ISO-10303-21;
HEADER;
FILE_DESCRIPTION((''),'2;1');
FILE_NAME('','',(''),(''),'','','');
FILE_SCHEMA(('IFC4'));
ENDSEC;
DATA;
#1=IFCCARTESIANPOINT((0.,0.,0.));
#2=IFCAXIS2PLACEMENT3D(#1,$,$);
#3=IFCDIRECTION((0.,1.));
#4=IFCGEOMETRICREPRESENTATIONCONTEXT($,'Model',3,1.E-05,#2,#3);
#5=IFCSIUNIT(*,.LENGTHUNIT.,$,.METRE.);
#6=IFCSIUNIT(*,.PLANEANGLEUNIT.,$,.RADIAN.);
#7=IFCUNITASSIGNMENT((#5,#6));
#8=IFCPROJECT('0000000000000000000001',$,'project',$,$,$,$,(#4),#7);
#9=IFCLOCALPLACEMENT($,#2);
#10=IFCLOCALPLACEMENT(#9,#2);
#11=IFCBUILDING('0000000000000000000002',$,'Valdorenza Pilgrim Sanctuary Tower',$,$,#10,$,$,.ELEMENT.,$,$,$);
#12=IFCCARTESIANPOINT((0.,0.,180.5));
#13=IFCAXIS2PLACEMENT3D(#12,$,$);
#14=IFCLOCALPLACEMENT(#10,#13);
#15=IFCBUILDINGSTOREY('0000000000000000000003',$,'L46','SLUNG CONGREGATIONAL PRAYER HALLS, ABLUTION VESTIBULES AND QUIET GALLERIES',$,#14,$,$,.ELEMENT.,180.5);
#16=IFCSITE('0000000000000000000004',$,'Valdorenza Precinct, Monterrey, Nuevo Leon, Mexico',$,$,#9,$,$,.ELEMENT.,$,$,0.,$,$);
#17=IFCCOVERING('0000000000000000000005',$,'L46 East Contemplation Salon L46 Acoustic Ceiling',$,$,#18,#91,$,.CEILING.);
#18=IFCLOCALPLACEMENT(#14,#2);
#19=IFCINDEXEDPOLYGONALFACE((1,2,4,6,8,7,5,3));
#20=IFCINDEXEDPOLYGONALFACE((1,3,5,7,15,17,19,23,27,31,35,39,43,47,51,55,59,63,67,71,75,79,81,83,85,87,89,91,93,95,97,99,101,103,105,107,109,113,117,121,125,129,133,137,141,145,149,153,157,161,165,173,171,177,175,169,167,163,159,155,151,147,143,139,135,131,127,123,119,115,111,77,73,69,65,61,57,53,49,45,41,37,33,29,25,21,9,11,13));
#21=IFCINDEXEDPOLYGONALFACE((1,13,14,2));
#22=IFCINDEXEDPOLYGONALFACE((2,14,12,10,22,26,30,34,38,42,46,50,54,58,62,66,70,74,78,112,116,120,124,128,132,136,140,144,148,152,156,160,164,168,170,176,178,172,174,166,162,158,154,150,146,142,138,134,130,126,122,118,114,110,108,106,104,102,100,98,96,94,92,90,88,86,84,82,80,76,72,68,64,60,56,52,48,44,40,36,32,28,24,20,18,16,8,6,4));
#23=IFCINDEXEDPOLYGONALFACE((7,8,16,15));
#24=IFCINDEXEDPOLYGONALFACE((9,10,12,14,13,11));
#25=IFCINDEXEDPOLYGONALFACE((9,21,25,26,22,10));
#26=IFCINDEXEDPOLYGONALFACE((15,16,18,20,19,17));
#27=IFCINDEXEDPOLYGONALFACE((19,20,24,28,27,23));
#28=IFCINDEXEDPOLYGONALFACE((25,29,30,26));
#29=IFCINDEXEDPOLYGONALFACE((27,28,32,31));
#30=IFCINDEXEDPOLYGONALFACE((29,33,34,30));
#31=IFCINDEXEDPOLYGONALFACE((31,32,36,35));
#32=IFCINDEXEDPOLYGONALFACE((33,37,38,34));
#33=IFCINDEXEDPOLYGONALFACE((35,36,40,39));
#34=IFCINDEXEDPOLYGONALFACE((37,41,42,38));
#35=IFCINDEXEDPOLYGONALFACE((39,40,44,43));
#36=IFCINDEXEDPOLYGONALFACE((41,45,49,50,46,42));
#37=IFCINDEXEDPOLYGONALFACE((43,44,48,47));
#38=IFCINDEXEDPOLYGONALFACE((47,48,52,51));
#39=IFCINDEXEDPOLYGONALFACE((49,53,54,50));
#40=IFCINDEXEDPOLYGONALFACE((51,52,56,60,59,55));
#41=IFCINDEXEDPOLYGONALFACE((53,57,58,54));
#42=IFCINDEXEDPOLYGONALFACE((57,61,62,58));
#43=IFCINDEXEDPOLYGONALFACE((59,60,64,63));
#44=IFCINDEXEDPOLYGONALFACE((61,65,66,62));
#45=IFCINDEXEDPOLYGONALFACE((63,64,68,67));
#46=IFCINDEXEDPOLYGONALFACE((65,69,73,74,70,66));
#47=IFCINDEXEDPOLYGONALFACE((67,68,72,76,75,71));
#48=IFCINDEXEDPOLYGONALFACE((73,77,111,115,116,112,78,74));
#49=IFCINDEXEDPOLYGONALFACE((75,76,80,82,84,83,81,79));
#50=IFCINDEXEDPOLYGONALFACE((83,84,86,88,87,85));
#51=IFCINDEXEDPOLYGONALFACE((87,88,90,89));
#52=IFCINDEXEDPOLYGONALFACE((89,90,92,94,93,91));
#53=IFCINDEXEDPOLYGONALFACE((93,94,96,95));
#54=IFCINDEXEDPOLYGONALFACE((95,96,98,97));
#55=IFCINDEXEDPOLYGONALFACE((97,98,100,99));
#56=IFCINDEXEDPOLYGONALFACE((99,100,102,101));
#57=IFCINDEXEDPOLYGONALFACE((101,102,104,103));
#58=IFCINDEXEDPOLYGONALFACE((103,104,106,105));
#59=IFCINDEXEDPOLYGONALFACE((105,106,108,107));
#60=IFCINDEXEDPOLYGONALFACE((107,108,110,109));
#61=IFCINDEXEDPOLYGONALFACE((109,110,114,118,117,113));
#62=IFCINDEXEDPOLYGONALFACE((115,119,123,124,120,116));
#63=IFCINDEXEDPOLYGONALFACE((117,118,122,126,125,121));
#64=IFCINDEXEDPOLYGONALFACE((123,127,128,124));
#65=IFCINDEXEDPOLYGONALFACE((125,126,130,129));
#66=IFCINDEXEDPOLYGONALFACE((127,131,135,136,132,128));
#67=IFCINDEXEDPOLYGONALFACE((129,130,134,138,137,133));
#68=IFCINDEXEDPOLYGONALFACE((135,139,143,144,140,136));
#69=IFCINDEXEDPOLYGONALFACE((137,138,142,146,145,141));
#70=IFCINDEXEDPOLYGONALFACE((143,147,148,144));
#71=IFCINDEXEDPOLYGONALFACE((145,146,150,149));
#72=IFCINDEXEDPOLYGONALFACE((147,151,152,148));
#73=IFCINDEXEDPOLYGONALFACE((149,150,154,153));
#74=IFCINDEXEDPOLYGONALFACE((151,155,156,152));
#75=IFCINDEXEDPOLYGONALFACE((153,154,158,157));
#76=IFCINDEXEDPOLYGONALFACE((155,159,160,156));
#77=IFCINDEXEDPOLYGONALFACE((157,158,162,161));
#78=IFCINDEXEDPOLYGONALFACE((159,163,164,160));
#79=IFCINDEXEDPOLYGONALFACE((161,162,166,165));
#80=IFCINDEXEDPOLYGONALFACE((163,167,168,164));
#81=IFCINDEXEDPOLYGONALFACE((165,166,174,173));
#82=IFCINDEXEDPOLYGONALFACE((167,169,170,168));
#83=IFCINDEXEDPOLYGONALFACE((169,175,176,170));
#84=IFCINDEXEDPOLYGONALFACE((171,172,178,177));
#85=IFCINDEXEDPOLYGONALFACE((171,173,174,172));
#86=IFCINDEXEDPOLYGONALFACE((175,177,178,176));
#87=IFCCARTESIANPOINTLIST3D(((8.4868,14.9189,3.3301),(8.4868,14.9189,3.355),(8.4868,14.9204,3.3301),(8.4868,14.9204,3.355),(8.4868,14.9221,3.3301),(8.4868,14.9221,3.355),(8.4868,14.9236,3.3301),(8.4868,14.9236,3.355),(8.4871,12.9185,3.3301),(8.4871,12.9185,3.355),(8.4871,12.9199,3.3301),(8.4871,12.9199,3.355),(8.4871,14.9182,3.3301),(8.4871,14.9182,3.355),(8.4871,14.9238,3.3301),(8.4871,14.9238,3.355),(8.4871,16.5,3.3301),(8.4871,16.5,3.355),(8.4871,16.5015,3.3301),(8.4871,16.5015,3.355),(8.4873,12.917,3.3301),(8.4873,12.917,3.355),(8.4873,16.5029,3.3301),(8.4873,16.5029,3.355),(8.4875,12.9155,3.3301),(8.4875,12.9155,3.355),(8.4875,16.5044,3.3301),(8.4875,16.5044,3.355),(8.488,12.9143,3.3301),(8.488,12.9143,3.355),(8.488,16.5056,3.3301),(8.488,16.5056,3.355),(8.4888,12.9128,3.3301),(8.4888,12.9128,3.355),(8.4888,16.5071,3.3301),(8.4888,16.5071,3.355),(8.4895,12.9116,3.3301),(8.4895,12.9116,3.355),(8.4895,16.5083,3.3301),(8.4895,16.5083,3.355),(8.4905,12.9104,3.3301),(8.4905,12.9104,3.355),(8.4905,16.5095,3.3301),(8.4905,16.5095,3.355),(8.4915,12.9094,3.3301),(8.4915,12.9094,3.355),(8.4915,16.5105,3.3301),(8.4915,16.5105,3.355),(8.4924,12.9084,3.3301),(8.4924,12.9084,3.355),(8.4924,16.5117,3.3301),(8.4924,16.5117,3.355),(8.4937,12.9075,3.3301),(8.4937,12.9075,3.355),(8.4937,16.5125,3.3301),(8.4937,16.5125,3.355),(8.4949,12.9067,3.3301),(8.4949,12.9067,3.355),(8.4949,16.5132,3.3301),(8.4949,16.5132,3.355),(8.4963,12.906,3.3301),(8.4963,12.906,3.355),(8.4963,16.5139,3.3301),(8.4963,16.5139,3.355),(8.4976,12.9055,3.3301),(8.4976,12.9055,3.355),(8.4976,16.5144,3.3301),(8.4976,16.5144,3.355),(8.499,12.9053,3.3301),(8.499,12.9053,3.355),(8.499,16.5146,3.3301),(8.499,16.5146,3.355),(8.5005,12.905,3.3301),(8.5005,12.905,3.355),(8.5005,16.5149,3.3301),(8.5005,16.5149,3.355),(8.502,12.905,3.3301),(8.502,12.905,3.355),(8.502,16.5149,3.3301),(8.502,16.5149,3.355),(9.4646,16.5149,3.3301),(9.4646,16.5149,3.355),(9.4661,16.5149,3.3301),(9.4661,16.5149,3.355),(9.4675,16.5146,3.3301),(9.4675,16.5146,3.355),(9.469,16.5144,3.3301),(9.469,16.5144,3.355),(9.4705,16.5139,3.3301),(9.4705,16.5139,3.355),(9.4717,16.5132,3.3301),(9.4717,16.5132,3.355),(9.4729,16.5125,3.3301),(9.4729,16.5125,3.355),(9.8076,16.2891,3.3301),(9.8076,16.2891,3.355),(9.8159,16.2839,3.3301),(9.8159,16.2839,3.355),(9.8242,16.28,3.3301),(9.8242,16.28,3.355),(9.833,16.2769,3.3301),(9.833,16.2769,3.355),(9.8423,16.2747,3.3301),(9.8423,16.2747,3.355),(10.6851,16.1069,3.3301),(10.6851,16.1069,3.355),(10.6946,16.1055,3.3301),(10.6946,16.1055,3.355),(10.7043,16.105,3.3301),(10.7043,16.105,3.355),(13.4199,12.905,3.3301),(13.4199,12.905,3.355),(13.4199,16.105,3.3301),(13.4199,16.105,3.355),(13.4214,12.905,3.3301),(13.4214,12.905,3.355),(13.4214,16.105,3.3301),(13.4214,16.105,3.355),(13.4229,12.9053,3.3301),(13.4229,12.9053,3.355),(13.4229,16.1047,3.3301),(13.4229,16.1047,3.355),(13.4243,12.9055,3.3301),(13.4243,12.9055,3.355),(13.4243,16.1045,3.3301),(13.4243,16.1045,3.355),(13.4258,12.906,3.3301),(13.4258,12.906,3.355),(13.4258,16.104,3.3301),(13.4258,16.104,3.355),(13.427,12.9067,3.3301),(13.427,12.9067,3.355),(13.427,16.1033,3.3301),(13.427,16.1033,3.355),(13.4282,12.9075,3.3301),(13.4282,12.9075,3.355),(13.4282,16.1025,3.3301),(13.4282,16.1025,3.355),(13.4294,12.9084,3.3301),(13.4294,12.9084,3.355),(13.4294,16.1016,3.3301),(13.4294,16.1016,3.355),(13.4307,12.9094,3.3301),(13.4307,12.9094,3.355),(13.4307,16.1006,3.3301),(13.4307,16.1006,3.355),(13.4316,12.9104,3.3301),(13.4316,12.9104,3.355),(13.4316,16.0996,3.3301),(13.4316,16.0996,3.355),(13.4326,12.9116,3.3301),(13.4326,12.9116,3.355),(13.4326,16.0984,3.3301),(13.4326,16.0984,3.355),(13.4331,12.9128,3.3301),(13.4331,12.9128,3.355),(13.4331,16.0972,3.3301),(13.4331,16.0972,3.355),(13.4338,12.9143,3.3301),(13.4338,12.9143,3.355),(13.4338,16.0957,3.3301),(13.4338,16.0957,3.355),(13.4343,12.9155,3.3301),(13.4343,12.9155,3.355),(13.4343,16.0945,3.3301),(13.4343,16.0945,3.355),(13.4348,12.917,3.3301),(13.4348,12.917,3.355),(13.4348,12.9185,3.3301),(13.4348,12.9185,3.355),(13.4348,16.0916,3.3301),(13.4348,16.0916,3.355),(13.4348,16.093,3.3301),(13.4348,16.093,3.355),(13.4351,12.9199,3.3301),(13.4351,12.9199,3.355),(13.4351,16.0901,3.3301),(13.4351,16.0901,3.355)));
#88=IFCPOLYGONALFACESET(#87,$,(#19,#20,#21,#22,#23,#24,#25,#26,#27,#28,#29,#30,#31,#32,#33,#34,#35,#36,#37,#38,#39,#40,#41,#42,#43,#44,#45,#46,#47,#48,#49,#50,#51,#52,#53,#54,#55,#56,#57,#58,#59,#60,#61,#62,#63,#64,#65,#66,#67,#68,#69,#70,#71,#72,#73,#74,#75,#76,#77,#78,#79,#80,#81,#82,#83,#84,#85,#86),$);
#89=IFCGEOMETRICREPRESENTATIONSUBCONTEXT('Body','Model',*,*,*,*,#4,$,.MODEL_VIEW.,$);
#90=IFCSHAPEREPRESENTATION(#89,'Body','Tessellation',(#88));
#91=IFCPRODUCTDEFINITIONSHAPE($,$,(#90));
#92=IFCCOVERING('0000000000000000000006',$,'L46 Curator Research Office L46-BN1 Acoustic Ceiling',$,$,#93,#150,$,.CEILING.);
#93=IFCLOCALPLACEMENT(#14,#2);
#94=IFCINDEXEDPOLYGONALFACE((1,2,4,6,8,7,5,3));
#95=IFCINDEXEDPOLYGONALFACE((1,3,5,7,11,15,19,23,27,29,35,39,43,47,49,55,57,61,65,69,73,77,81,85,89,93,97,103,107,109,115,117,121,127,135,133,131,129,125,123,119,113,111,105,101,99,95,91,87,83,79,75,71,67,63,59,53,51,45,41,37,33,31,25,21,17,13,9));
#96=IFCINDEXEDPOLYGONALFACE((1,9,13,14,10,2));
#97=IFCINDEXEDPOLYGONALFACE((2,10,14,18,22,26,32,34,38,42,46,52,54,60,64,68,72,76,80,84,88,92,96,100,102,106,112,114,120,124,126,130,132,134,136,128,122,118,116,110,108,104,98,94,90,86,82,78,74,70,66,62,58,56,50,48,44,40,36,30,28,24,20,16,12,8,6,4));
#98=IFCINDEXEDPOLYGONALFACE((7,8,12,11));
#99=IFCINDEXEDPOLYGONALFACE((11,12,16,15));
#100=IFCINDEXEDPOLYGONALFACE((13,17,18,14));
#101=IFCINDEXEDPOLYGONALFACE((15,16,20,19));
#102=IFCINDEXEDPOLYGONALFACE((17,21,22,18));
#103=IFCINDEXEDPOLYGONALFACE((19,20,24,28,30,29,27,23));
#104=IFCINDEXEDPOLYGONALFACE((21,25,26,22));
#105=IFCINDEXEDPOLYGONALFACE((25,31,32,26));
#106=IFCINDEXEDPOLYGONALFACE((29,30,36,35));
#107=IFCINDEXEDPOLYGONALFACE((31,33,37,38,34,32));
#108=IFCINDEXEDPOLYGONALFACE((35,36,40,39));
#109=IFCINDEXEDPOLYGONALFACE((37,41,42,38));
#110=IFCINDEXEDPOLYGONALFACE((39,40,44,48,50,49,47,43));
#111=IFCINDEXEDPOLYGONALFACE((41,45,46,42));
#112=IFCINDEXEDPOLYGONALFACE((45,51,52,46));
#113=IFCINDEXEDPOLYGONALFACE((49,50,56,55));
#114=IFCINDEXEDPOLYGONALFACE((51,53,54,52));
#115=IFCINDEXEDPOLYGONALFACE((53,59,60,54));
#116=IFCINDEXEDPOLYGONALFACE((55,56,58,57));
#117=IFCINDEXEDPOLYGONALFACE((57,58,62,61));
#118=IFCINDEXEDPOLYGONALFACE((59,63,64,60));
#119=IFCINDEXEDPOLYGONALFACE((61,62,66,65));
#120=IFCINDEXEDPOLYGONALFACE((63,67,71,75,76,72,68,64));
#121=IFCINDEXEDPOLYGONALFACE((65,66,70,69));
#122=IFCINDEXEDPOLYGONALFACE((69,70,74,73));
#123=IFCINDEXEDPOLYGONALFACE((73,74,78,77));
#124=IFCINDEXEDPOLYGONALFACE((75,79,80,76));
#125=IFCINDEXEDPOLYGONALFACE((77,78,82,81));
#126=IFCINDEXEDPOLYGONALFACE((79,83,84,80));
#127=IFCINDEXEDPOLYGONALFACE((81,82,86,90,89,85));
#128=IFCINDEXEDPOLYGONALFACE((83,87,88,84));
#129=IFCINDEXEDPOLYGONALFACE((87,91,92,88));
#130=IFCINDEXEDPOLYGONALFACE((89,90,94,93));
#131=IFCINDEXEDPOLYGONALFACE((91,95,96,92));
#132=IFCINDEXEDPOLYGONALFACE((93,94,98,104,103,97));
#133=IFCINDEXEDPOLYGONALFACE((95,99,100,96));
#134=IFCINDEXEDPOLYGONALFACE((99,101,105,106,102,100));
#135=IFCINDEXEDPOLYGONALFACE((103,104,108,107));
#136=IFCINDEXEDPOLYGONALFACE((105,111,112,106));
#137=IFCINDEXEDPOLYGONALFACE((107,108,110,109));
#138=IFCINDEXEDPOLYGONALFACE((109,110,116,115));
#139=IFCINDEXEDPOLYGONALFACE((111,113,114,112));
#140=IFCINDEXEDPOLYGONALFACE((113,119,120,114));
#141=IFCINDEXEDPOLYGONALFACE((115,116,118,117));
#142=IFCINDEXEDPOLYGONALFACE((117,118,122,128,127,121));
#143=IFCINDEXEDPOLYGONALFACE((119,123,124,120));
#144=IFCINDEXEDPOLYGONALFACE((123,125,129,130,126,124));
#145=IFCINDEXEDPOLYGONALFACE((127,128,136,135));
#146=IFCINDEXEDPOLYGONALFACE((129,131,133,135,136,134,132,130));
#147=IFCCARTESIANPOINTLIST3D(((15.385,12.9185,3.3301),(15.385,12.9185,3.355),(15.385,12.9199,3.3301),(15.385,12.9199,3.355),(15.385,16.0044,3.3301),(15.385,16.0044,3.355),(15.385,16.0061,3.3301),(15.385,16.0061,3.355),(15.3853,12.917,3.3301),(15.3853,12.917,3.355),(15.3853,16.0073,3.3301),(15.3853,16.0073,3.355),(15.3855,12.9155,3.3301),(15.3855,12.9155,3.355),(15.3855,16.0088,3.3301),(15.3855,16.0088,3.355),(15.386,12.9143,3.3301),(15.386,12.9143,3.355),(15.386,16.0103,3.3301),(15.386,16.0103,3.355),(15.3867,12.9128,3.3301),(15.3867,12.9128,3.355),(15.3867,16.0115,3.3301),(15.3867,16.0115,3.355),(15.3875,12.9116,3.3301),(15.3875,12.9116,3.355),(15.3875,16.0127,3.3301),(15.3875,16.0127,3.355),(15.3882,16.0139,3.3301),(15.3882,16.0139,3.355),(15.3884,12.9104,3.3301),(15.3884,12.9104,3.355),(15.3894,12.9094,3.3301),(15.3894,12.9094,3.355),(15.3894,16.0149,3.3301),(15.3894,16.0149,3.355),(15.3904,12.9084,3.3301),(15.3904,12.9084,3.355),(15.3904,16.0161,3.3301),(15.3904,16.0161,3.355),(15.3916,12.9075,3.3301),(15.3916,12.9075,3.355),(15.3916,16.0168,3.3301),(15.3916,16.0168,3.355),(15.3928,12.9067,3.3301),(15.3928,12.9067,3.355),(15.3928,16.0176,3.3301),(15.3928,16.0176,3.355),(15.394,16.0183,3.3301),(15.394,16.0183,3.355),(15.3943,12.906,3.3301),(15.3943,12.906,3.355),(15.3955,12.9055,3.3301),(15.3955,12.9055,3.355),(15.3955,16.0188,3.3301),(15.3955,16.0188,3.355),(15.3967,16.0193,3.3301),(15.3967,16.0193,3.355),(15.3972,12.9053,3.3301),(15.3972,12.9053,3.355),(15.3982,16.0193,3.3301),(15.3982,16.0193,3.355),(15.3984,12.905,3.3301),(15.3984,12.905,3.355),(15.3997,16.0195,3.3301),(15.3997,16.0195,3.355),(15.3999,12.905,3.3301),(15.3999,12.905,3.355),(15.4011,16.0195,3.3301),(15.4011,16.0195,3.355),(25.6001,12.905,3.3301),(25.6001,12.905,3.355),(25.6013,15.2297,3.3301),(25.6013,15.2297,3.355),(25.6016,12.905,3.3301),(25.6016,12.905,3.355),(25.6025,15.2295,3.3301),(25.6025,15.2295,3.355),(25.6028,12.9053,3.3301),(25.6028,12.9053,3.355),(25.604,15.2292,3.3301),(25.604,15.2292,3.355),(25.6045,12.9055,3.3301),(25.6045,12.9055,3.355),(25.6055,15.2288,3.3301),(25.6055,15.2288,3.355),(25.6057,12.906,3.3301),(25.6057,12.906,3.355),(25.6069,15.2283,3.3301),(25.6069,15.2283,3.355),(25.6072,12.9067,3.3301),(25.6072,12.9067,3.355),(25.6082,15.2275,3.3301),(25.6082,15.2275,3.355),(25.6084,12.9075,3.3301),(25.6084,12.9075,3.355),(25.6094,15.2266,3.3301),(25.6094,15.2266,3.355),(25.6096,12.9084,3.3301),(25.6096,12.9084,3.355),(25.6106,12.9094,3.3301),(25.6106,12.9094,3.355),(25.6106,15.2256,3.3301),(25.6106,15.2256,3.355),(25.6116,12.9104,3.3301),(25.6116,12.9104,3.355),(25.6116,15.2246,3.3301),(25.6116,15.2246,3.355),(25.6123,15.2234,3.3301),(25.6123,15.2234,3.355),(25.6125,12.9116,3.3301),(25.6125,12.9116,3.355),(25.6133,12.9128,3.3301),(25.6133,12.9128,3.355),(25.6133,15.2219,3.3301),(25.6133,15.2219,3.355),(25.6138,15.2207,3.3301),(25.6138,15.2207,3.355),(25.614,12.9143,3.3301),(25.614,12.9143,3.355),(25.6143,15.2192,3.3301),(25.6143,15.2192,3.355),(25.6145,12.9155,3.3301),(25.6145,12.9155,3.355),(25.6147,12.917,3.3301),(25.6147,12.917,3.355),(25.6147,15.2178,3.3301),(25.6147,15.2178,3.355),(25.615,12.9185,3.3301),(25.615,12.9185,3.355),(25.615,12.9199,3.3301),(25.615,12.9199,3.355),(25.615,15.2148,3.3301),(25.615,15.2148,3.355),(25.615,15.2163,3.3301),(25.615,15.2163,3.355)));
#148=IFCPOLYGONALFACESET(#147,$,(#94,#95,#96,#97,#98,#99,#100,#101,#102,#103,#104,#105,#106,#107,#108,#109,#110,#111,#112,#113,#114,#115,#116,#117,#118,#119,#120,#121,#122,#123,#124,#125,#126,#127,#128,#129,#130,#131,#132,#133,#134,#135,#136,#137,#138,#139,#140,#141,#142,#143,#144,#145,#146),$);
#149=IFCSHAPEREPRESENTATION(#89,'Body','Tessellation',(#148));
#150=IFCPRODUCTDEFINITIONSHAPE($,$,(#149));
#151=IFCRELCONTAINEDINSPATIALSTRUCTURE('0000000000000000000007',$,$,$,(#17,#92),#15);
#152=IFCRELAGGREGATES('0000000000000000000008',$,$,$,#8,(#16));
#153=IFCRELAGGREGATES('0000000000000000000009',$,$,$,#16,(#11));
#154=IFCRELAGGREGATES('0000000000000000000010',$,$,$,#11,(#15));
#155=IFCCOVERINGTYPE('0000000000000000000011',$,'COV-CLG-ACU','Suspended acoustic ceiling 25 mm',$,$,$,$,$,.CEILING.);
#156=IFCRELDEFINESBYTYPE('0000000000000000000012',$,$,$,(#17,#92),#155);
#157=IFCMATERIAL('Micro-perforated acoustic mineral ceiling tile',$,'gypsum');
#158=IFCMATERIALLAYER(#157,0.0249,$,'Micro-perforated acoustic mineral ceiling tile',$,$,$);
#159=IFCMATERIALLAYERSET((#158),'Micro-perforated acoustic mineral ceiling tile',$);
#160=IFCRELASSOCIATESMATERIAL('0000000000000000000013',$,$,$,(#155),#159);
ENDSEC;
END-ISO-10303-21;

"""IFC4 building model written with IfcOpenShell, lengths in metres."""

from ifc_helpers import new_model, si_unit, direction, frame, origin, place, context, subcontext, project, spatial, polyline, outline, extrude, material, layer, layer_set, type_object, element, save


model = new_model("IFC4")

# Units and contexts
model_context = context("Model", 3, precision=1e-05, world=origin(), true_north=direction((0.0, 1.0)))
body_context = subcontext(model_context, "Body", "Model", "MODEL_VIEW")
ifc_project = project(units=[si_unit("LENGTHUNIT", "METRE"), si_unit("PLANEANGLEUNIT", "RADIAN")], contexts=[model_context])

# Site, building, storey
site_placement = place(None, origin())
site = spatial("IfcSite", under=ifc_project, at=site_placement, Name="Valdorenza Precinct, Monterrey, Nuevo Leon, Mexico", CompositionType="ELEMENT", RefElevation=0.0)
building_placement = place(site_placement, origin())
building = spatial("IfcBuilding", under=site, at=building_placement, Name="Valdorenza Pilgrim Sanctuary Tower", CompositionType="ELEMENT")
storey_placement = place(building_placement, frame((0.0, 0.0, 180.5)))
storey = spatial("IfcBuildingStorey", under=building, at=storey_placement, Name="L46", Description="SLUNG CONGREGATIONAL PRAYER HALLS, ABLUTION VESTIBULES AND QUIET GALLERIES", CompositionType="ELEMENT", Elevation=180.5)

# Coverings
ifc_material_1 = material(Name="Micro-perforated acoustic mineral ceiling tile", Category="gypsum")
ifc_layer_1 = layer(ifc_material_1, 0.0249, Name="Micro-perforated acoustic mineral ceiling tile")
ifc_layer_set_1 = layer_set([ifc_layer_1], Name="Micro-perforated acoustic mineral ceiling tile")
covering_type_1 = type_object("IfcCoveringType", Name="COV-CLG-ACU", Description="Suspended acoustic ceiling 25 mm", PredefinedType="CEILING", material=ifc_layer_set_1)
covering_1_placement = place(storey_placement, frame((0.0, 0.0, 3.3301)))
element("IfcCovering", 1, at=covering_1_placement, inside=storey, type_object=covering_type_1, Name="L46 East Contemplation Salon L46 Acoustic Ceiling", PredefinedType="CEILING", context=body_context, shape_type="SweptSolid", body=[
    extrude(outline(polyline([(8.4871, 14.9182), (8.4868, 14.9189), (8.4868, 14.9204), (8.4868, 14.9221), (8.4868, 14.9236), (8.4871, 14.9238), (8.4871, 16.5), (8.4871, 16.5015), (8.4873, 16.5029), (8.4875, 16.5044), (8.488, 16.5056), (8.4888, 16.5071), (8.4895, 16.5083), (8.4905, 16.5095), (8.4915, 16.5105), (8.4924, 16.5117), (8.4937, 16.5125), (8.4949, 16.5132), (8.4963, 16.5139), (8.4976, 16.5144), (8.499, 16.5146), (8.5005, 16.5149), (8.502, 16.5149), (9.4646, 16.5149), (9.4661, 16.5149), (9.4675, 16.5146), (9.469, 16.5144), (9.4705, 16.5139), (9.4717, 16.5132), (9.4729, 16.5125), (9.8076, 16.2891), (9.8159, 16.2839), (9.8242, 16.28), (9.833, 16.2769), (9.8423, 16.2747), (10.6851, 16.1069), (10.6946, 16.1055), (10.7043, 16.105), (13.4199, 16.105), (13.4214, 16.105), (13.4229, 16.1047), (13.4243, 16.1045), (13.4258, 16.104), (13.427, 16.1033), (13.4282, 16.1025), (13.4294, 16.1016), (13.4307, 16.1006), (13.4316, 16.0996), (13.4326, 16.0984), (13.4331, 16.0972), (13.4338, 16.0957), (13.4343, 16.0945), (13.4348, 16.093), (13.4348, 16.0916), (13.4351, 16.0901), (13.4351, 12.9199), (13.4348, 12.9185), (13.4348, 12.917), (13.4343, 12.9155), (13.4338, 12.9143), (13.4331, 12.9128), (13.4326, 12.9116), (13.4316, 12.9104), (13.4307, 12.9094), (13.4294, 12.9084), (13.4282, 12.9075), (13.427, 12.9067), (13.4258, 12.906), (13.4243, 12.9055), (13.4229, 12.9053), (13.4214, 12.905), (13.4199, 12.905), (8.502, 12.905), (8.5005, 12.905), (8.499, 12.9053), (8.4976, 12.9055), (8.4963, 12.906), (8.4949, 12.9067), (8.4937, 12.9075), (8.4924, 12.9084), (8.4915, 12.9094), (8.4905, 12.9104), (8.4895, 12.9116), (8.4888, 12.9128), (8.488, 12.9143), (8.4875, 12.9155), (8.4873, 12.917), (8.4871, 12.9185), (8.4871, 12.9199), (8.4871, 14.9182)])), origin(), (0.0, 0.0, 1.0), 0.0249),
])
covering_2_placement = place(storey_placement, frame((0.0, 0.0, 3.3301)))
element("IfcCovering", 2, at=covering_2_placement, inside=storey, type_object=covering_type_1, Name="L46 Curator Research Office L46-BN1 Acoustic Ceiling", PredefinedType="CEILING", context=body_context, shape_type="SweptSolid", body=[
    extrude(outline(polyline([(15.3999, 12.905), (15.3984, 12.905), (15.3972, 12.9053), (15.3955, 12.9055), (15.3943, 12.906), (15.3928, 12.9067), (15.3916, 12.9075), (15.3904, 12.9084), (15.3894, 12.9094), (15.3884, 12.9104), (15.3875, 12.9116), (15.3867, 12.9128), (15.386, 12.9143), (15.3855, 12.9155), (15.3853, 12.917), (15.385, 12.9185), (15.385, 12.9199), (15.385, 16.0044), (15.385, 16.0061), (15.3853, 16.0073), (15.3855, 16.0088), (15.386, 16.0103), (15.3867, 16.0115), (15.3875, 16.0127), (15.3882, 16.0139), (15.3894, 16.0149), (15.3904, 16.0161), (15.3916, 16.0168), (15.3928, 16.0176), (15.394, 16.0183), (15.3955, 16.0188), (15.3967, 16.0193), (15.3982, 16.0193), (15.3997, 16.0195), (15.4011, 16.0195), (25.6013, 15.2297), (25.6025, 15.2295), (25.604, 15.2292), (25.6055, 15.2288), (25.6069, 15.2283), (25.6082, 15.2275), (25.6094, 15.2266), (25.6106, 15.2256), (25.6116, 15.2246), (25.6123, 15.2234), (25.6133, 15.2219), (25.6138, 15.2207), (25.6143, 15.2192), (25.6147, 15.2178), (25.615, 15.2163), (25.615, 15.2148), (25.615, 12.9199), (25.615, 12.9185), (25.6147, 12.917), (25.6145, 12.9155), (25.614, 12.9143), (25.6133, 12.9128), (25.6125, 12.9116), (25.6116, 12.9104), (25.6106, 12.9094), (25.6096, 12.9084), (25.6084, 12.9075), (25.6072, 12.9067), (25.6057, 12.906), (25.6045, 12.9055), (25.6028, 12.9053), (25.6016, 12.905), (25.6001, 12.905), (15.3999, 12.905)])), origin(), (0.0, 0.0, 1.0), 0.0249),
])

save(model, "model.ifc")
